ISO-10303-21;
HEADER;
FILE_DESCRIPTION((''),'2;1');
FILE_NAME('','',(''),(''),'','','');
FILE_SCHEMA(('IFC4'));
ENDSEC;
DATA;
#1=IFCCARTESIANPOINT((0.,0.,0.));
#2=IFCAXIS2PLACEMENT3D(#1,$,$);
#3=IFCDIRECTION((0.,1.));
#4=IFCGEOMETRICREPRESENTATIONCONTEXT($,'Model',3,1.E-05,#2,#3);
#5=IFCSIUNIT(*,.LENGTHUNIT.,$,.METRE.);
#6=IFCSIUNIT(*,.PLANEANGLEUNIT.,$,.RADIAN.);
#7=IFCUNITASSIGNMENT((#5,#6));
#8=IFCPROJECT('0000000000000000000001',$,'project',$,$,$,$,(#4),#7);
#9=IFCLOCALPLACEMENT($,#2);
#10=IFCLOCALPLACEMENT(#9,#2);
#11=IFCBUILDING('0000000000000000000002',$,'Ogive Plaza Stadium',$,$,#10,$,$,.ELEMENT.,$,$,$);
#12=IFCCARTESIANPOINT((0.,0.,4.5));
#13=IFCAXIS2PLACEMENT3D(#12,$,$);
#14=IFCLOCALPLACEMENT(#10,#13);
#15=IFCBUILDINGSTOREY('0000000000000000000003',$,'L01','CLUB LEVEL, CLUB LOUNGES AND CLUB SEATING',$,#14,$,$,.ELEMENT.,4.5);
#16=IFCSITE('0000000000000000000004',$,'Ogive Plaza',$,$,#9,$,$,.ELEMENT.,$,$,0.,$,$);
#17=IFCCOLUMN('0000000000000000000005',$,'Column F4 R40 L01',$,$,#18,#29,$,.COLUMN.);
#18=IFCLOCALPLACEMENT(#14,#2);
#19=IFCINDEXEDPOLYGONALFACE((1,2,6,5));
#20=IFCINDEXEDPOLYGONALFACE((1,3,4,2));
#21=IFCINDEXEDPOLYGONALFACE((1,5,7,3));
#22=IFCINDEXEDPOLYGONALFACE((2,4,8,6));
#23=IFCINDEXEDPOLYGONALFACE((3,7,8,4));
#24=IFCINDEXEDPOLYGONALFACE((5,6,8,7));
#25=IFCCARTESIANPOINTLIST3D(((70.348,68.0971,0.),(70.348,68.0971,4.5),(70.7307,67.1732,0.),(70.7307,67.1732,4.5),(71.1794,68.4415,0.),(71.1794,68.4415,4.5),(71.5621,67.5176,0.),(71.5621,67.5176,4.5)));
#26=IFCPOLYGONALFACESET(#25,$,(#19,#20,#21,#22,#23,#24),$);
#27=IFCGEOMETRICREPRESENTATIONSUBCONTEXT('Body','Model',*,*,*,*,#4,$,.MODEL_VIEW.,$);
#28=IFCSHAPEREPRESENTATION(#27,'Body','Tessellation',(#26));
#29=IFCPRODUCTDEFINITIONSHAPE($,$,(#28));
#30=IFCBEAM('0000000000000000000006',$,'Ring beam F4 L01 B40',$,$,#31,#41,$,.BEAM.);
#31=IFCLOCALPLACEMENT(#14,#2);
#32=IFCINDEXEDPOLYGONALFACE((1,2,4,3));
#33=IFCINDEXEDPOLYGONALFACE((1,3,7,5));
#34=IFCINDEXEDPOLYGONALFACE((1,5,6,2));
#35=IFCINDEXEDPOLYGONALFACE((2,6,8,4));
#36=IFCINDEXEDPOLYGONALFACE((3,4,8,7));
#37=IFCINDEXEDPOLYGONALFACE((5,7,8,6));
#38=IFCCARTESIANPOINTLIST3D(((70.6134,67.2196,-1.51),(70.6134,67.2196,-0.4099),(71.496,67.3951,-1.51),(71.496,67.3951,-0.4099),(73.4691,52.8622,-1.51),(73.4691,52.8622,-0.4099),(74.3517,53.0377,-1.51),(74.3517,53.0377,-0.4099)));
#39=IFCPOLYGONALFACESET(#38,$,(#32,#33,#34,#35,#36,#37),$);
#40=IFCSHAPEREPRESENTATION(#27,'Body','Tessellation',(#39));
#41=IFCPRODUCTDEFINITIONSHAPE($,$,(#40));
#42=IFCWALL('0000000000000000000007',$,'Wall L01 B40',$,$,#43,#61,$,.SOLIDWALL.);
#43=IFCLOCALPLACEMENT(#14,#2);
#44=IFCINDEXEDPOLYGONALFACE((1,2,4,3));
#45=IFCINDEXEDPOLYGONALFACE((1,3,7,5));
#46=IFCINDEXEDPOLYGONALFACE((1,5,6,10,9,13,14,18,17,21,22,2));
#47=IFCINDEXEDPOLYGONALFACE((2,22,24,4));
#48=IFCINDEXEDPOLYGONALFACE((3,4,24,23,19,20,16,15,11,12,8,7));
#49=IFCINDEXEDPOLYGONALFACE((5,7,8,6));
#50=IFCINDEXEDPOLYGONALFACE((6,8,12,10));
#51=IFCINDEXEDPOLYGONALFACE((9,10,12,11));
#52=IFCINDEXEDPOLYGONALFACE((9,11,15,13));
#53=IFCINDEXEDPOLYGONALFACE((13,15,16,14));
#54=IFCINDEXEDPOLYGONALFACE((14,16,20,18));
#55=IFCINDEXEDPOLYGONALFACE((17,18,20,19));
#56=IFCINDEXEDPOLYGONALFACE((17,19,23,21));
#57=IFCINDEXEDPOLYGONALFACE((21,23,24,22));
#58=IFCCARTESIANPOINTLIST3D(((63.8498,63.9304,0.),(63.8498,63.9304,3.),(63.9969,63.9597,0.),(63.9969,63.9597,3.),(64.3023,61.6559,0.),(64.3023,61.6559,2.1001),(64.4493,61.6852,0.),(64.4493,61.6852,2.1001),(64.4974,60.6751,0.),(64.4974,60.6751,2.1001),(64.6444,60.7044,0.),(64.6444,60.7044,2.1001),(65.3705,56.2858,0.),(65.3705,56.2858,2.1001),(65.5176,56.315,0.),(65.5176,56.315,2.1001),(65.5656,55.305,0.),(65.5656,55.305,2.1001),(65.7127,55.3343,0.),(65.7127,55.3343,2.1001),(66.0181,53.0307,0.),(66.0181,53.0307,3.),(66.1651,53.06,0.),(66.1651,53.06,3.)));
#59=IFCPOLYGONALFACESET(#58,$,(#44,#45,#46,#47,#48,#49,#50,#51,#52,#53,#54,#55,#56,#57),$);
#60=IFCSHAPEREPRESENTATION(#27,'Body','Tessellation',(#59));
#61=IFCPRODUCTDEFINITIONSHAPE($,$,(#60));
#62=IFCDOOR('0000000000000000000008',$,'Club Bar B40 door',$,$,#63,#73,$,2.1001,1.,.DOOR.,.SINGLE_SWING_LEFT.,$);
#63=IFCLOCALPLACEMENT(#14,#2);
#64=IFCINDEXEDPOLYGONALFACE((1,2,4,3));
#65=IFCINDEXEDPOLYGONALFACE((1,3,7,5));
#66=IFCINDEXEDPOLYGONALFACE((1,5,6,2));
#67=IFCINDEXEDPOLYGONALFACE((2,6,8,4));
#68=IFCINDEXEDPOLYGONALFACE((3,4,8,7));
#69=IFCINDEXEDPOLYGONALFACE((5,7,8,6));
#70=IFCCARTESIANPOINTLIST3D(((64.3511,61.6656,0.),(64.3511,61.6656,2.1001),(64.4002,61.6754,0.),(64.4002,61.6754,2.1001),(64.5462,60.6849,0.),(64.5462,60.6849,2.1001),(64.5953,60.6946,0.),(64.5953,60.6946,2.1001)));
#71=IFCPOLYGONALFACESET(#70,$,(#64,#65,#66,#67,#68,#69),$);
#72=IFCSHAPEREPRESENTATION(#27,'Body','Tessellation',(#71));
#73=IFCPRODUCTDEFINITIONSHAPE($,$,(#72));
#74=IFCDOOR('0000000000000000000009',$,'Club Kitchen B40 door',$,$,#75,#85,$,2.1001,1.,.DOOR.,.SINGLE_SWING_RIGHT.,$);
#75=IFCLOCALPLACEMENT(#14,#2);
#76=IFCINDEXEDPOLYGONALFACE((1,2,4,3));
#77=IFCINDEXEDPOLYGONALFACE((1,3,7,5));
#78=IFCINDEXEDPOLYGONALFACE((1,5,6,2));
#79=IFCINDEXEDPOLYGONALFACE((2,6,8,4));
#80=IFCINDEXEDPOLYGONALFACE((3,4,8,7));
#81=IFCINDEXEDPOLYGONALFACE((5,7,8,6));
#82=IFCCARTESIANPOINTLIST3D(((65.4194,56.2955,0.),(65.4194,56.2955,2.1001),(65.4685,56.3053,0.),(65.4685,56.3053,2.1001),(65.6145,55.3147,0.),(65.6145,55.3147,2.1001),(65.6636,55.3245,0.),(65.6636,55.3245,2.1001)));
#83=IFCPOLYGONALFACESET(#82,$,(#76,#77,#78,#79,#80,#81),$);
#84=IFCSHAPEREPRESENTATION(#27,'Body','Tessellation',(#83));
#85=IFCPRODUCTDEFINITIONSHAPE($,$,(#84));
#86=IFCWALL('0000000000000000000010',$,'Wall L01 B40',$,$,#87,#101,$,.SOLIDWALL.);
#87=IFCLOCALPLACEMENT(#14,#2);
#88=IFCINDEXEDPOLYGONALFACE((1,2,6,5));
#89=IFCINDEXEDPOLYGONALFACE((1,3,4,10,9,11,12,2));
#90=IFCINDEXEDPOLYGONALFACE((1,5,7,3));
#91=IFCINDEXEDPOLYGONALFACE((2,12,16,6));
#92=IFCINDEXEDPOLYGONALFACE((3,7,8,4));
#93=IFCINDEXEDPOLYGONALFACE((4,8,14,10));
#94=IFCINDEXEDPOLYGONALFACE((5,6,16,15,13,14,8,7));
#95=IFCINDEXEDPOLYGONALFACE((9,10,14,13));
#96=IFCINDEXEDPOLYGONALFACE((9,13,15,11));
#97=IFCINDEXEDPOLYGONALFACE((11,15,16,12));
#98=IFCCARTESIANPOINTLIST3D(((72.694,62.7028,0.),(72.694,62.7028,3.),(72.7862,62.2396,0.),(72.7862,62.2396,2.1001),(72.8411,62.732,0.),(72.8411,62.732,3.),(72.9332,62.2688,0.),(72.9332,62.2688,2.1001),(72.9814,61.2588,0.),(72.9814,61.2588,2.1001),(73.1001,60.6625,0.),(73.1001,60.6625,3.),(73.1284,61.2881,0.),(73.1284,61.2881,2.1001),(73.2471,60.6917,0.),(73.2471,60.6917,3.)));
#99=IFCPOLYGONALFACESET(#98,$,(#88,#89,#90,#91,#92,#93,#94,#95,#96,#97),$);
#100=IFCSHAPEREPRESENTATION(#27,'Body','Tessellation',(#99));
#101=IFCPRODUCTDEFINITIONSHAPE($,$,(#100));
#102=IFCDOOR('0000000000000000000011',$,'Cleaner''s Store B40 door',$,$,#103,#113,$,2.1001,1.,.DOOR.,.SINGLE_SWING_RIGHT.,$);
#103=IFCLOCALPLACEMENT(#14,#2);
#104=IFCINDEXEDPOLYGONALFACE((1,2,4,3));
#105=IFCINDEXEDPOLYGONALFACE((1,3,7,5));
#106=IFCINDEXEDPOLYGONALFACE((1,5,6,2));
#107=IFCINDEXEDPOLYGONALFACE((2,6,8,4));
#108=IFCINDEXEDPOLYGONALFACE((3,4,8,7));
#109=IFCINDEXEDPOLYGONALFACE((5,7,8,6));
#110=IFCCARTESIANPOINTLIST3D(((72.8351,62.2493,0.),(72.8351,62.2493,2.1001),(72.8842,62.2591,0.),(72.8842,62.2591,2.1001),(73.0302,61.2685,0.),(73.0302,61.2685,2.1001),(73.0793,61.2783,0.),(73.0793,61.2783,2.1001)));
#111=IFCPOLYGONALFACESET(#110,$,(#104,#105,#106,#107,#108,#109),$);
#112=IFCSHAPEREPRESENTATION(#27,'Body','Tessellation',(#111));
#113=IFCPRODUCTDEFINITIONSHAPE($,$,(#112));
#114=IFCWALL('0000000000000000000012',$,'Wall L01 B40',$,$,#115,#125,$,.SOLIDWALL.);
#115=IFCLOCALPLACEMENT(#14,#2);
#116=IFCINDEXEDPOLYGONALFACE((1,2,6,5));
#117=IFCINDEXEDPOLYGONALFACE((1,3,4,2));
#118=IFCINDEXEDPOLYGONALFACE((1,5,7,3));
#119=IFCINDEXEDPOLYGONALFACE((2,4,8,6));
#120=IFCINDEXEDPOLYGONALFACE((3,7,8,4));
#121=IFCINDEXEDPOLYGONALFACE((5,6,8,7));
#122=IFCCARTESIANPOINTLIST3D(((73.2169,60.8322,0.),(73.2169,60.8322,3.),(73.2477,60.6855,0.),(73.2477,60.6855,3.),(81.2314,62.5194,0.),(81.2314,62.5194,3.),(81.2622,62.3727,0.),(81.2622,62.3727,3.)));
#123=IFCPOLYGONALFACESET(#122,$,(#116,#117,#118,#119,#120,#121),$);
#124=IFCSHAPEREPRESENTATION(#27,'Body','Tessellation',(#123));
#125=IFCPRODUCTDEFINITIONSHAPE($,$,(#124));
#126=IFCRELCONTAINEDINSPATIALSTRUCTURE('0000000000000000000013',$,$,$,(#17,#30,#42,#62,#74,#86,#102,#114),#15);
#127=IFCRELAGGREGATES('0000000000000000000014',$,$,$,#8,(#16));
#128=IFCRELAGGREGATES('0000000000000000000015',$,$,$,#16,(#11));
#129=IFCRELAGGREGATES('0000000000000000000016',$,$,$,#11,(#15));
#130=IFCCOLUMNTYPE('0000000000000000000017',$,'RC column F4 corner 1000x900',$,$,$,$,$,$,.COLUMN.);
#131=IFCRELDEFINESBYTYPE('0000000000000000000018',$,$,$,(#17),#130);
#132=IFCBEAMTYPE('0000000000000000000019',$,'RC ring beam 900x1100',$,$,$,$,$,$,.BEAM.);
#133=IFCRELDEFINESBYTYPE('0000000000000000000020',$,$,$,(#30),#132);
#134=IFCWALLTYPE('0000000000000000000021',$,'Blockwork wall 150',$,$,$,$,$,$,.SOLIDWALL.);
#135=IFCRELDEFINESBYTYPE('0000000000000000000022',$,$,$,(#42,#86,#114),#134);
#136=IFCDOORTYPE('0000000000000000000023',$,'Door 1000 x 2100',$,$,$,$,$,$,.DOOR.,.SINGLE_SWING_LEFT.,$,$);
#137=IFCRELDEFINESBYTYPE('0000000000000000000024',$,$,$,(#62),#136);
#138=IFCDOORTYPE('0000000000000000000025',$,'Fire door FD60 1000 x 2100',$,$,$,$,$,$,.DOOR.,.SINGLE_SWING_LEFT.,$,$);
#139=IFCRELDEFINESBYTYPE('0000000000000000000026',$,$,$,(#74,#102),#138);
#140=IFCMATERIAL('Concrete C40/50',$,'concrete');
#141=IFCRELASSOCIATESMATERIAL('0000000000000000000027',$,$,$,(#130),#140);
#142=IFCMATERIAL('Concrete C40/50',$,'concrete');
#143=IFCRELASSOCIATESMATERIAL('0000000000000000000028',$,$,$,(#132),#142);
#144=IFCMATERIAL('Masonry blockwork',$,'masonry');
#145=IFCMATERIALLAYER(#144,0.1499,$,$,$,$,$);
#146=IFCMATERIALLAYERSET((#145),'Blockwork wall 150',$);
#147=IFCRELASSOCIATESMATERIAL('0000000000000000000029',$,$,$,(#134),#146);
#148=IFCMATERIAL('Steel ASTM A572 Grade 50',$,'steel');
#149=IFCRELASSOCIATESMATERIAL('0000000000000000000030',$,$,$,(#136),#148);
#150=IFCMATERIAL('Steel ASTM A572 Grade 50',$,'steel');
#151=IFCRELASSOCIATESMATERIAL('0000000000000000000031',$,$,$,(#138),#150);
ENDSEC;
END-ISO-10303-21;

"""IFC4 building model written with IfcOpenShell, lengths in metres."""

from ifc_helpers import new_model, si_unit, direction, frame, frame_2d, origin, origin_2d, place, context, subcontext, project, spatial, rectangle, extrude, material, layer, layer_set, material_profile, profile_set, type_object, element, fill, save


model = new_model("IFC4")

# Units and contexts
model_context = context("Model", 3, precision=1e-05, world=origin(), true_north=direction((0.0, 1.0)))
body_context = subcontext(model_context, "Body", "Model", "MODEL_VIEW")
ifc_project = project(units=[si_unit("LENGTHUNIT", "METRE"), si_unit("PLANEANGLEUNIT", "RADIAN")], contexts=[model_context])

# Site, building, storey
site_placement = place(None, origin())
site = spatial("IfcSite", under=ifc_project, at=site_placement, Name="Ogive Plaza", CompositionType="ELEMENT", RefElevation=0.0)
building_placement = place(site_placement, origin())
building = spatial("IfcBuilding", under=site, at=building_placement, Name="Ogive Plaza Stadium", CompositionType="ELEMENT")
storey_placement = place(building_placement, frame((0.0, 0.0, 4.5)))
storey = spatial("IfcBuildingStorey", under=building, at=storey_placement, Name="L01", Description="CLUB LEVEL, CLUB LOUNGES AND CLUB SEATING", CompositionType="ELEMENT", Elevation=4.5)

# Column
ifc_material_1 = material(Name="Concrete C40/50", Category="concrete")
ifc_material_profile_1 = material_profile(ifc_material_1, rectangle(XDim=1.0, YDim=0.8999, at=origin_2d()), Name="RC 1000x900")
ifc_profile_set_1 = profile_set([ifc_material_profile_1], Name="Concrete C40/50")
column_type = type_object("IfcColumnType", Name="RC column F4 corner 1000x900", PredefinedType="COLUMN", material=ifc_profile_set_1)
column_placement = place(storey_placement, frame((70.9551, 67.8074, 0.0), z_axis=(0.0, 0.0, 1.0), x_axis=(-0.382683, 0.92388, 0.0)))
element("IfcColumn", 1, at=column_placement, inside=storey, type_object=column_type, Name="Column F4 R40 L01", PredefinedType="COLUMN", context=body_context, shape_type="SweptSolid", body=[
    extrude(rectangle(XDim=1.0, YDim=0.8999, at=origin_2d()), origin(), (0.0, 0.0, 1.0), 4.5),
])

# Beam
ifc_material_2 = material(Name="Concrete C40/50", Category="concrete")
ifc_material_profile_2 = material_profile(ifc_material_2, rectangle(XDim=0.8999, YDim=1.1001, at=origin_2d()), Name="RC 900x1100")
ifc_profile_set_2 = profile_set([ifc_material_profile_2], Name="Concrete C40/50")
beam_type = type_object("IfcBeamType", Name="RC ring beam 900x1100", PredefinedType="BEAM", material=ifc_profile_set_2)
beam_placement = place(storey_placement, frame((71.0547, 67.3074, -0.96), z_axis=(0.19508, -0.980787, 0.0), x_axis=(0.980787, 0.19508, 0.0)))
element("IfcBeam", 2, at=beam_placement, inside=storey, type_object=beam_type, Name="Ring beam F4 L01 B40", PredefinedType="BEAM", context=body_context, shape_type="SweptSolid", body=[
    extrude(rectangle(XDim=0.8999, YDim=1.1001, at=origin_2d()), origin(), (0.0, 0.0, 1.0), 14.6387),
])

# Wall, openings, doors
ifc_material_3 = material(Name="Masonry blockwork", Category="masonry")
ifc_layer_1 = layer(ifc_material_3, 0.1499)
ifc_layer_set_1 = layer_set([ifc_layer_1], Name="Blockwork wall 150")
wall_type_1 = type_object("IfcWallType", Name="Blockwork wall 150", PredefinedType="SOLIDWALL", material=ifc_layer_set_1)
wall_1_placement = place(storey_placement, frame((63.9233, 63.9451, 0.0), z_axis=(0.0, 0.0, 1.0), x_axis=(0.195102, -0.980783, 0.0)))
wall_1 = element("IfcWall", 3, at=wall_1_placement, inside=storey, type_object=wall_type_1, Name="Wall L01 B40", PredefinedType="SOLIDWALL", context=body_context, shape_type="SweptSolid", body=[
    extrude(rectangle(XDim=11.1133, YDim=0.1499, at=frame_2d((5.5566, 0.0))), origin(), (0.0, 0.0, 1.0), 3.0),
])
opening_1_placement = place(wall_1_placement, frame((2.3191, 0.0, 0.0)))
opening_1 = element("IfcOpeningElement", 4, at=opening_1_placement, cuts=wall_1, PredefinedType="OPENING", context=body_context, shape_type="SweptSolid", body=[
    extrude(rectangle(XDim=1.0, YDim=2.1001, at=frame_2d((0.5, 1.05))), frame((0.0, 0.075, 0.0), z_axis=(0.0, -1.0, 0.0), x_axis=(1.0, 0.0, 0.0)), (0.0, 0.0, 1.0), 0.1499),
])
opening_2_placement = place(wall_1_placement, frame((7.7944, 0.0, 0.0)))
opening_2 = element("IfcOpeningElement", 5, at=opening_2_placement, cuts=wall_1, PredefinedType="OPENING", context=body_context, shape_type="SweptSolid", body=[
    extrude(rectangle(XDim=1.0, YDim=2.1001, at=frame_2d((0.5, 1.05))), frame((0.0, 0.075, 0.0), z_axis=(0.0, -1.0, 0.0), x_axis=(1.0, 0.0, 0.0)), (0.0, 0.0, 1.0), 0.1499),
])
ifc_material_4 = material(Name="Steel ASTM A572 Grade 50", Category="steel")
door_type_1 = type_object("IfcDoorType", Name="Door 1000 x 2100", OperationType="SINGLE_SWING_LEFT", PredefinedType="DOOR", material=ifc_material_4)
door_1_placement = place(opening_1_placement, origin())
door_1 = element("IfcDoor", 6, at=door_1_placement, inside=storey, type_object=door_type_1, Name="Club Bar B40 door", OperationType="SINGLE_SWING_LEFT", OverallHeight=2.1001, OverallWidth=1.0, PredefinedType="DOOR", context=body_context, shape_type="SweptSolid", body=[
    extrude(rectangle(XDim=1.0, YDim=2.1001, at=frame_2d((0.5, 1.05))), frame((0.0, 0.0249, 0.0), z_axis=(0.0, -1.0, 0.0), x_axis=(1.0, 0.0, 0.0)), (0.0, 0.0, 1.0), 0.05),
])
fill(opening_1, door_1)
ifc_material_5 = material(Name="Steel ASTM A572 Grade 50", Category="steel")
door_type_2 = type_object("IfcDoorType", Name="Fire door FD60 1000 x 2100", OperationType="SINGLE_SWING_LEFT", PredefinedType="DOOR", material=ifc_material_5)
door_2_placement = place(opening_2_placement, origin())
door_2 = element("IfcDoor", 7, at=door_2_placement, inside=storey, type_object=door_type_2, Name="Club Kitchen B40 door", OperationType="SINGLE_SWING_RIGHT", OverallHeight=2.1001, OverallWidth=1.0, PredefinedType="DOOR", context=body_context, shape_type="SweptSolid", body=[
    extrude(rectangle(XDim=1.0, YDim=2.1001, at=frame_2d((0.5, 1.05))), frame((0.0, 0.0249, 0.0), z_axis=(0.0, -1.0, 0.0), x_axis=(1.0, 0.0, 0.0)), (0.0, 0.0, 1.0), 0.05),
])
fill(opening_2, door_2)

# Wall, opening, door
wall_2_placement = place(storey_placement, frame((72.7676, 62.7173, 0.0), z_axis=(0.0, 0.0, 1.0), x_axis=(0.195168, -0.98077, 0.0)))
wall_2 = element("IfcWall", 8, at=wall_2_placement, inside=storey, type_object=wall_type_1, Name="Wall L01 B40", PredefinedType="SOLIDWALL", context=body_context, shape_type="SweptSolid", body=[
    extrude(rectangle(XDim=2.0803, YDim=0.1499, at=frame_2d((1.04, 0.0))), origin(), (0.0, 0.0, 1.0), 3.0),
])
opening_3_placement = place(wall_2_placement, frame((0.4722, 0.0, 0.0)))
opening_3 = element("IfcOpeningElement", 9, at=opening_3_placement, cuts=wall_2, PredefinedType="OPENING", context=body_context, shape_type="SweptSolid", body=[
    extrude(rectangle(XDim=1.0, YDim=2.1001, at=frame_2d((0.5, 1.05))), frame((0.0, 0.075, 0.0), z_axis=(0.0, -1.0, 0.0), x_axis=(1.0, 0.0, 0.0)), (0.0, 0.0, 1.0), 0.1499),
])
door_3_placement = place(opening_3_placement, origin())
door_3 = element("IfcDoor", 10, at=door_3_placement, inside=storey, type_object=door_type_2, Name="Cleaner's Store B40 door", OperationType="SINGLE_SWING_RIGHT", OverallHeight=2.1001, OverallWidth=1.0, PredefinedType="DOOR", context=body_context, shape_type="SweptSolid", body=[
    extrude(rectangle(XDim=1.0, YDim=2.1001, at=frame_2d((0.5, 1.05))), frame((0.0, 0.0249, 0.0), z_axis=(0.0, -1.0, 0.0), x_axis=(1.0, 0.0, 0.0)), (0.0, 0.0, 1.0), 0.05),
])
fill(opening_3, door_3)

# Wall
wall_3_placement = place(storey_placement, frame((73.2322, 60.7588, 0.0), z_axis=(0.0, 0.0, 1.0), x_axis=(0.978549, 0.206012, 0.0)))
element("IfcWall", 11, at=wall_3_placement, inside=storey, type_object=wall_type_1, Name="Wall L01 B40", PredefinedType="SOLIDWALL", context=body_context, shape_type="SweptSolid", body=[
    extrude(rectangle(XDim=8.1902, YDim=0.1499, at=frame_2d((4.0952, 0.0))), origin(), (0.0, 0.0, 1.0), 3.0),
])

save(model, "model.ifc")
